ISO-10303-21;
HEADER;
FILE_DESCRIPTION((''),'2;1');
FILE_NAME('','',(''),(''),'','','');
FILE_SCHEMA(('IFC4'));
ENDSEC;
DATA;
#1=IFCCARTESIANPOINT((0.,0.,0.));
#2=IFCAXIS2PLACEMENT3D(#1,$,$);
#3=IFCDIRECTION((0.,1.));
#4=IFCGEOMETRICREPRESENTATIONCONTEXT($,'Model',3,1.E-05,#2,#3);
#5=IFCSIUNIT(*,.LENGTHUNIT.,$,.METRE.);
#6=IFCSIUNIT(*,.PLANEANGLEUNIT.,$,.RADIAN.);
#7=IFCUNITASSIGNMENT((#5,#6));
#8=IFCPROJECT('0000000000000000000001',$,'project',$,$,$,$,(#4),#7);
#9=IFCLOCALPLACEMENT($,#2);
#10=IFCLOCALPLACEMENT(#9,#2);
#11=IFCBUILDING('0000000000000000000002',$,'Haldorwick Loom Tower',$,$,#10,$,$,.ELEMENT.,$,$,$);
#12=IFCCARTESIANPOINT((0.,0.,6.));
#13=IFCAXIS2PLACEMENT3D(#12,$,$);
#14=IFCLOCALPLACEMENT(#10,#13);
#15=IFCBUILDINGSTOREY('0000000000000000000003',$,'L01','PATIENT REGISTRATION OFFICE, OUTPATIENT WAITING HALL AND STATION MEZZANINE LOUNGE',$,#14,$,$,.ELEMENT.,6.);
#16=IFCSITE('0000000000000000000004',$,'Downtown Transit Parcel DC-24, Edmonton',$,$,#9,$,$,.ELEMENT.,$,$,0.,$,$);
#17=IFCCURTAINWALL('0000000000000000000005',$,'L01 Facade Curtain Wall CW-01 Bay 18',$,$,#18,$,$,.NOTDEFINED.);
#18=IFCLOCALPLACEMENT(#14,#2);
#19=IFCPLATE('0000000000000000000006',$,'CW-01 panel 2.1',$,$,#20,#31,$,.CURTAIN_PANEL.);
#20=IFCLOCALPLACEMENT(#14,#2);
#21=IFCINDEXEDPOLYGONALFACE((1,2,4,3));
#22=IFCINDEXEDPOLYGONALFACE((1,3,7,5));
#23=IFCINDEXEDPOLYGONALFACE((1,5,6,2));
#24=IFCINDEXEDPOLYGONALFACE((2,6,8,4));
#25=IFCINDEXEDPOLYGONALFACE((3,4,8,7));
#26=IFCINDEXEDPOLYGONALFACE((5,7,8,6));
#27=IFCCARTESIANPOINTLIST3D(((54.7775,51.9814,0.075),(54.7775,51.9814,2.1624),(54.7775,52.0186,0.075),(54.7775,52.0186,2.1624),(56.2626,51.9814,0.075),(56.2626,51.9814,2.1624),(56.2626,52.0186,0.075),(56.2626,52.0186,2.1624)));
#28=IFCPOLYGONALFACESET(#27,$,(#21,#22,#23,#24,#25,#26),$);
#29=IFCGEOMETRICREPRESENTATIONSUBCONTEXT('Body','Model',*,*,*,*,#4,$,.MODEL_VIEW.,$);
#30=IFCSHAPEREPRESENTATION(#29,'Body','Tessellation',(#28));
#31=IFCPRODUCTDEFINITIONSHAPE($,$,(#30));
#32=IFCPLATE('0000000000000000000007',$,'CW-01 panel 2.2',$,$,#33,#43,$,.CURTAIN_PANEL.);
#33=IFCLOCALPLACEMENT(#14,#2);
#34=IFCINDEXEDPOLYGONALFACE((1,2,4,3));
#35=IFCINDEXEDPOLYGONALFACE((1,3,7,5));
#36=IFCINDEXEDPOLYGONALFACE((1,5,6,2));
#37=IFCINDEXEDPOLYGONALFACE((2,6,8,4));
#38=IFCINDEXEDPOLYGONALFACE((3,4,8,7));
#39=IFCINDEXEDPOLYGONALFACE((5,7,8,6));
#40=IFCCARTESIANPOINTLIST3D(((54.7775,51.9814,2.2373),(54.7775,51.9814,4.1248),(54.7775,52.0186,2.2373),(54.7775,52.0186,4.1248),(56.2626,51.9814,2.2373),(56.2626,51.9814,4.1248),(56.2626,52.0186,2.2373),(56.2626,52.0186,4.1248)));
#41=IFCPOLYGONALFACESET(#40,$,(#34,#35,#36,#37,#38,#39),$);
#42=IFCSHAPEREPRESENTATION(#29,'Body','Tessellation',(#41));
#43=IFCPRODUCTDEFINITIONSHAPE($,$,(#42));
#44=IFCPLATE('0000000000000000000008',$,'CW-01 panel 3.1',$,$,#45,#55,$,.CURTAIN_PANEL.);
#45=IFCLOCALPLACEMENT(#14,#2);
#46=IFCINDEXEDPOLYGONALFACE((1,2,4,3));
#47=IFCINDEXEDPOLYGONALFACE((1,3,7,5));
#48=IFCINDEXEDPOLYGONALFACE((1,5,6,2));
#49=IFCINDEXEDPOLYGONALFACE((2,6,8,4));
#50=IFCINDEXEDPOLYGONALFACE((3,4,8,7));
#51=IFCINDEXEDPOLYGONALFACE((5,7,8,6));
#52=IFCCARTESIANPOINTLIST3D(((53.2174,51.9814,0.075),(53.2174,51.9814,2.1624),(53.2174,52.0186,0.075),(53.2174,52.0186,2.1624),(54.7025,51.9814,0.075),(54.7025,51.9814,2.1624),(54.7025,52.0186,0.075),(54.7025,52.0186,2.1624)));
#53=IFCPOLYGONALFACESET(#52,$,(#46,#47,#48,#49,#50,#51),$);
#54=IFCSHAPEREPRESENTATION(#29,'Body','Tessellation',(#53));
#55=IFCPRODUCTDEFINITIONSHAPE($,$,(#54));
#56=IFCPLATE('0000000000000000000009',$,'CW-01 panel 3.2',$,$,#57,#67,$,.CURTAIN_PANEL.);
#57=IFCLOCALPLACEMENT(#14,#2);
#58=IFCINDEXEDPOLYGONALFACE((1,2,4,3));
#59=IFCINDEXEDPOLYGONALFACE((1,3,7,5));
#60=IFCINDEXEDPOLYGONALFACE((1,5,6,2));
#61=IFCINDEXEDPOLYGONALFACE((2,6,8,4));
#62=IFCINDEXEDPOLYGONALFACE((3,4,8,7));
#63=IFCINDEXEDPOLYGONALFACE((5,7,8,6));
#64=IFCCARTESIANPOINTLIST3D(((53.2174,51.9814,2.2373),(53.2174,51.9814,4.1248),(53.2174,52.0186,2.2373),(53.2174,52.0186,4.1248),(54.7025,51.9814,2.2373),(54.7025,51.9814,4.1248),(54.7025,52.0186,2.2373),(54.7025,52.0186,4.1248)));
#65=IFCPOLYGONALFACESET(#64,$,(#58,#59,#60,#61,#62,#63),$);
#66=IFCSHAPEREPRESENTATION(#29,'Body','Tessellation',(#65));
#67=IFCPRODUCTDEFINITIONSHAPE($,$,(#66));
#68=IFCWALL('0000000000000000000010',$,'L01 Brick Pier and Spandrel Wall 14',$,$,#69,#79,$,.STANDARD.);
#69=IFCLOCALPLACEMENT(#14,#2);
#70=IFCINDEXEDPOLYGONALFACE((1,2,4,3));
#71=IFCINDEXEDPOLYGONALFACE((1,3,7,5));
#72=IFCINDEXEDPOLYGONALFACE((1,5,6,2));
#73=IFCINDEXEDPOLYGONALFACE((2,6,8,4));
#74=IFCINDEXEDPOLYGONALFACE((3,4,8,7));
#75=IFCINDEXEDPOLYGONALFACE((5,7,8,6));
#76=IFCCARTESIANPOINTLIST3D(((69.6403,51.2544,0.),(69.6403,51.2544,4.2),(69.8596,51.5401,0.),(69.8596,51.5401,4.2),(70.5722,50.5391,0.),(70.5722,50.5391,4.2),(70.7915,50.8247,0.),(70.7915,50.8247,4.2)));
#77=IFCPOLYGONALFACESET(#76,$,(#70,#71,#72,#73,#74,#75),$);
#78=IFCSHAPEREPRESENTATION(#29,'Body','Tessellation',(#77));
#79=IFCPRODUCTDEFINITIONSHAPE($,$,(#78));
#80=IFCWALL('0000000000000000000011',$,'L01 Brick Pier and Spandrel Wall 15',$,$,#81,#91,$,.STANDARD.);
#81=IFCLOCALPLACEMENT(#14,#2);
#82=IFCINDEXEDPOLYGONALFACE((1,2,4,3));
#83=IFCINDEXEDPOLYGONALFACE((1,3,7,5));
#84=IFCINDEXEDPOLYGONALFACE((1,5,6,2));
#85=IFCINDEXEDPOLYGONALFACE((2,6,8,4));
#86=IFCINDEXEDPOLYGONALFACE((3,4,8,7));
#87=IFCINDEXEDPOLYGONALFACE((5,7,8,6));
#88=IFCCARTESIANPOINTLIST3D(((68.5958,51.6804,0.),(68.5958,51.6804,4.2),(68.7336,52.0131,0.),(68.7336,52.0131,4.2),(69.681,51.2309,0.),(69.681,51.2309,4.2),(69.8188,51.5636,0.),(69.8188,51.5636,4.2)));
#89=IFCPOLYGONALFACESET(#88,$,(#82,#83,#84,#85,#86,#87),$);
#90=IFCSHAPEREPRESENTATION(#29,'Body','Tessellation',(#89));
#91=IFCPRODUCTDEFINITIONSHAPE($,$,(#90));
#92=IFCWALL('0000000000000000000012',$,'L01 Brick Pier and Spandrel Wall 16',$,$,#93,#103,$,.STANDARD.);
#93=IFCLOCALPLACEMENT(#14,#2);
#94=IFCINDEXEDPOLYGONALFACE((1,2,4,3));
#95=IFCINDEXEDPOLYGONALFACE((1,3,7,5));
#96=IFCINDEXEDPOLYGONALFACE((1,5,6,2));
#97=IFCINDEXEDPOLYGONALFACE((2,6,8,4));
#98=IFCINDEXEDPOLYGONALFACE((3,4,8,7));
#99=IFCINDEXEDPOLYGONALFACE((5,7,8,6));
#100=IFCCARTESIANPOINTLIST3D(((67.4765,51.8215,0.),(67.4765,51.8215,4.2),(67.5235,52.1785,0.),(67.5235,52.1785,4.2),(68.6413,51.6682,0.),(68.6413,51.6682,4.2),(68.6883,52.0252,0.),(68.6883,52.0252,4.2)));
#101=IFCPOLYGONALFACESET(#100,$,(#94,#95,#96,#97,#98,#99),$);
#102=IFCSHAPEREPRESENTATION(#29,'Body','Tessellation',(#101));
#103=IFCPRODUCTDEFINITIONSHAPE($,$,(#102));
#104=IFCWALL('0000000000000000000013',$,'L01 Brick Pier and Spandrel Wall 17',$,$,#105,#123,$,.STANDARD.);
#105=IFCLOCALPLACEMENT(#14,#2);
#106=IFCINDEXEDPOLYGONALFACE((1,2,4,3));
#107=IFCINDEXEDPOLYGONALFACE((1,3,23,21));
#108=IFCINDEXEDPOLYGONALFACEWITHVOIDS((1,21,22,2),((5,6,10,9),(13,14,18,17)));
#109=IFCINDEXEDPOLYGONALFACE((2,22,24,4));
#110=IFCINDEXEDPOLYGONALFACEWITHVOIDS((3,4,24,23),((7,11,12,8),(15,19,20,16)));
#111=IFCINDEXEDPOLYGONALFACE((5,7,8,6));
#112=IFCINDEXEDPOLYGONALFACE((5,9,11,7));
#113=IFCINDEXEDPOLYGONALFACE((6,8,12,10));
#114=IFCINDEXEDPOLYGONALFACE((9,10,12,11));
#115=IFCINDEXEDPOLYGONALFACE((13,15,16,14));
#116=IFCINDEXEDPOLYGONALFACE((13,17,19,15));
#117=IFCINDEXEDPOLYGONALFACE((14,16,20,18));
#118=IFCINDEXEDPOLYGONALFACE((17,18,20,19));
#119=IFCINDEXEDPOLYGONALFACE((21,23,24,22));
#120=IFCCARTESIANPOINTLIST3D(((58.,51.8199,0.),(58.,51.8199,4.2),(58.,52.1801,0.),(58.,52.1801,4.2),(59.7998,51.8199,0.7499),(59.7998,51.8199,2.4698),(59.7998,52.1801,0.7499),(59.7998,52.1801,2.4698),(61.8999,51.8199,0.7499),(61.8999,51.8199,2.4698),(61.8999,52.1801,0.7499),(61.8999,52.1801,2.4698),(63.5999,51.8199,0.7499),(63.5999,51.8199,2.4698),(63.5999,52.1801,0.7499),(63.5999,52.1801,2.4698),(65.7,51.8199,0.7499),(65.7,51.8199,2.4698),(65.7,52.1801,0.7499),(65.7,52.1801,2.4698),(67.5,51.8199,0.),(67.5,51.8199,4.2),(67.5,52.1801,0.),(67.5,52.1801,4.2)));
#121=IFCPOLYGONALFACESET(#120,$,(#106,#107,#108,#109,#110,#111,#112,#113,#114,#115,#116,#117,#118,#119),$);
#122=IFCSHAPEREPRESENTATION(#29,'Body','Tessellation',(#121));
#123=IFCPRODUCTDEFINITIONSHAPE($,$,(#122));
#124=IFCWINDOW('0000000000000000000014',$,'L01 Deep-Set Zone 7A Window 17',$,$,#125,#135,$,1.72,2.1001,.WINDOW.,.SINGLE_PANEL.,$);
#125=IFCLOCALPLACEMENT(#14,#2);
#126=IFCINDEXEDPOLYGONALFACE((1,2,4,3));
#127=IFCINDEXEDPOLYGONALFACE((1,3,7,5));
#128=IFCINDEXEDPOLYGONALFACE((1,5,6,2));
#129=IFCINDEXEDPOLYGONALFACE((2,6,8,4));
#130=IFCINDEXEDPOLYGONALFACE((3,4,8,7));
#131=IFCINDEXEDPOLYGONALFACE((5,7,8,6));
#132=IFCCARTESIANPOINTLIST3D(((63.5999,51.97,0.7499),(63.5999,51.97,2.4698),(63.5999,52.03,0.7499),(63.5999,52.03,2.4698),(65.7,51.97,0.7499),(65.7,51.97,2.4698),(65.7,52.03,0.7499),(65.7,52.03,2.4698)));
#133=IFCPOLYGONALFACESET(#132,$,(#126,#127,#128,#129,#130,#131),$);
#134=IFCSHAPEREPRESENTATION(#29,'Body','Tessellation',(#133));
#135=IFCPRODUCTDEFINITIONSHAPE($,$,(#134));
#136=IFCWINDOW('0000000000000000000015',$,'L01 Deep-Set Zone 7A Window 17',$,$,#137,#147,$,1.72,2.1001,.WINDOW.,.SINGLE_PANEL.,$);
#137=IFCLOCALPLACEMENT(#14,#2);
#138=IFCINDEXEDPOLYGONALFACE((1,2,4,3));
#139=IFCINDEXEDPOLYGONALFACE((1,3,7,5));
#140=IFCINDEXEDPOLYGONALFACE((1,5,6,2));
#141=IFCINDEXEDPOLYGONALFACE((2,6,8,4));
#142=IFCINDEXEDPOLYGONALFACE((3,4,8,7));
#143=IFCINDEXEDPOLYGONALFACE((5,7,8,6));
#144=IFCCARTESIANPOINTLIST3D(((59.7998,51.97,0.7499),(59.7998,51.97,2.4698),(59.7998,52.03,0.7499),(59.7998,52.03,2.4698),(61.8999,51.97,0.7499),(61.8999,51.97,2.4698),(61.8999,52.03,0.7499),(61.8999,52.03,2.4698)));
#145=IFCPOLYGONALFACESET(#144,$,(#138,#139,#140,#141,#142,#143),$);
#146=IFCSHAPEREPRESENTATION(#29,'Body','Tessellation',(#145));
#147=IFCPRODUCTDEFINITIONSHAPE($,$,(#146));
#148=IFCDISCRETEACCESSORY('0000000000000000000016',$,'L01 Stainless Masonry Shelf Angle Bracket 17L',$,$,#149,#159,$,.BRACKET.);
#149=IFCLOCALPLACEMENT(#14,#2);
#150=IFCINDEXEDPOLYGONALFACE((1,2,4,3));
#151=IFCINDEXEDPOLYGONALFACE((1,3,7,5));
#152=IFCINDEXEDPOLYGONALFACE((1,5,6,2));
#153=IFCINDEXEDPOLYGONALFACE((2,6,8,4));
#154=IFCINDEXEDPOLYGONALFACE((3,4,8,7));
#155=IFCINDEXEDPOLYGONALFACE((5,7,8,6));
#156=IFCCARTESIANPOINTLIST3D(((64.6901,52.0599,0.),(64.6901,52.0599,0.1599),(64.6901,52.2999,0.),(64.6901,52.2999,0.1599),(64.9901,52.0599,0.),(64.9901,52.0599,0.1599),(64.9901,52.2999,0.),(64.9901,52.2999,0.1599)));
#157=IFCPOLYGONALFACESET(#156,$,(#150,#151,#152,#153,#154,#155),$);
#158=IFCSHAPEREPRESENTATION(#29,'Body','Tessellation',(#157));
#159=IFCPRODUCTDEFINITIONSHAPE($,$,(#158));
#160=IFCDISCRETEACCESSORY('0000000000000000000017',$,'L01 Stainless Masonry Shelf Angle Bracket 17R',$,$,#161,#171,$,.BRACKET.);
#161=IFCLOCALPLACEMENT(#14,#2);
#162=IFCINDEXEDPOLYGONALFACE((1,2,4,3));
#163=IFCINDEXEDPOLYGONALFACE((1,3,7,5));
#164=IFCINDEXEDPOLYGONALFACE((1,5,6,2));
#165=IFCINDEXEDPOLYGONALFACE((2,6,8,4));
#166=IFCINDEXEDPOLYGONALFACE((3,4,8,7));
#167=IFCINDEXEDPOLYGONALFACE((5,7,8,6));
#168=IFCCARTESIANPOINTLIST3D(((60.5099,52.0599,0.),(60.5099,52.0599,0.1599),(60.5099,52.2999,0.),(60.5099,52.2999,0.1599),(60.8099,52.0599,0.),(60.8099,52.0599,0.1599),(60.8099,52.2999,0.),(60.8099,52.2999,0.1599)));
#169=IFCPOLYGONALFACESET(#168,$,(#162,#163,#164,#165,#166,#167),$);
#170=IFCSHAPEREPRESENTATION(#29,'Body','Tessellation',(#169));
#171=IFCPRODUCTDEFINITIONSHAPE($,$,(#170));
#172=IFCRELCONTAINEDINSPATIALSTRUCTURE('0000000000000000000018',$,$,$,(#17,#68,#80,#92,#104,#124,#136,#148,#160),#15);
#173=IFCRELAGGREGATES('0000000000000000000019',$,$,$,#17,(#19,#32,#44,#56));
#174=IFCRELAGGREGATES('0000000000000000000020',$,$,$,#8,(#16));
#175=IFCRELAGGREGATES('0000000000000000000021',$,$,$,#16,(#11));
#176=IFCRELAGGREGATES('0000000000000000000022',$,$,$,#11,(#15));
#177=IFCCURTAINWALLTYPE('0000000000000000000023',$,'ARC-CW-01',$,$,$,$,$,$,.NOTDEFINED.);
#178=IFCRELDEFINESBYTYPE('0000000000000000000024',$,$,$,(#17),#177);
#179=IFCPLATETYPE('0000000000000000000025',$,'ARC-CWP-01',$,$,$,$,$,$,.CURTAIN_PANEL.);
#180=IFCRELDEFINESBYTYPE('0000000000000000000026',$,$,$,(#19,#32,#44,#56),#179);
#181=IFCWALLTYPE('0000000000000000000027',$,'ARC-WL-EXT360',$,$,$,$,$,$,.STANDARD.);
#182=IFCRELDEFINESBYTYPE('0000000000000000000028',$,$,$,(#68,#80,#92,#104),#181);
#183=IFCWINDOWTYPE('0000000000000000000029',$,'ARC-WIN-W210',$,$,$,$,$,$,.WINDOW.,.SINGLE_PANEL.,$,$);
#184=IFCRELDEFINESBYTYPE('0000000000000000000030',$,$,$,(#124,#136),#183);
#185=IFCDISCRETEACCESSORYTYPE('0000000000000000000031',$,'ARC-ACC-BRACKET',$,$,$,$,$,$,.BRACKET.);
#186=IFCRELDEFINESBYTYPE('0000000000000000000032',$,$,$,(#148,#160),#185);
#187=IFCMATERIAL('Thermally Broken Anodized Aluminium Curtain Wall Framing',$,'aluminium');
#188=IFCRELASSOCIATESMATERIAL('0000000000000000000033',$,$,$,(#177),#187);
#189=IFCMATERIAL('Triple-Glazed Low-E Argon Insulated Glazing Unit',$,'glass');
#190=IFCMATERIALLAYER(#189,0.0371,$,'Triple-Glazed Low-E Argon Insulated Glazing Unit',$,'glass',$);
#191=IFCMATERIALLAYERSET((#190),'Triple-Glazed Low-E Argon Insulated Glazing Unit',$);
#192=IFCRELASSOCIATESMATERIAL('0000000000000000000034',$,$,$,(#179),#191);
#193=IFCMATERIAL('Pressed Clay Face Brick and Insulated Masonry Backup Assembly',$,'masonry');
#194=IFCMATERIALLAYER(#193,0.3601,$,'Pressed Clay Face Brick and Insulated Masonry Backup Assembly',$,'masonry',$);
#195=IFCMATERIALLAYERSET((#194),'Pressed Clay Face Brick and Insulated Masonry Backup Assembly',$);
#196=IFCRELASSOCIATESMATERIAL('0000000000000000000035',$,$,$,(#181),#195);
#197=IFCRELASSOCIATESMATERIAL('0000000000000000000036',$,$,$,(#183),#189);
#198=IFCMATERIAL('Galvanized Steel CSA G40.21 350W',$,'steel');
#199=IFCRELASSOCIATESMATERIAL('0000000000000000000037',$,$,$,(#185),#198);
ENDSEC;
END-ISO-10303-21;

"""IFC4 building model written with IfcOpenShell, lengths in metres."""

from ifc_helpers import new_model, si_unit, direction, frame, frame_2d, origin, origin_2d, place, context, subcontext, project, spatial, rectangle, extrude, material, layer, layer_set, type_object, element, fill, aggregate, save


model = new_model("IFC4")

# Units and contexts
model_context = context("Model", 3, precision=1e-05, world=origin(), true_north=direction((0.0, 1.0)))
body_context = subcontext(model_context, "Body", "Model", "MODEL_VIEW")
ifc_project = project(units=[si_unit("LENGTHUNIT", "METRE"), si_unit("PLANEANGLEUNIT", "RADIAN")], contexts=[model_context])

# Site, building, storey
site_placement = place(None, origin())
site = spatial("IfcSite", under=ifc_project, at=site_placement, Name="Downtown Transit Parcel DC-24, Edmonton", CompositionType="ELEMENT", RefElevation=0.0)
building_placement = place(site_placement, origin())
building = spatial("IfcBuilding", under=site, at=building_placement, Name="Haldorwick Loom Tower", CompositionType="ELEMENT")
storey_placement = place(building_placement, frame((0.0, 0.0, 6.0)))
storey = spatial("IfcBuildingStorey", under=building, at=storey_placement, Name="L01", Description="PATIENT REGISTRATION OFFICE, OUTPATIENT WAITING HALL AND STATION MEZZANINE LOUNGE", CompositionType="ELEMENT", Elevation=6.0)

# Curtain wall, plates
ifc_material_1 = material(Name="Thermally Broken Anodized Aluminium Curtain Wall Framing", Category="aluminium")
curtain_wall_type = type_object("IfcCurtainWallType", Name="ARC-CW-01", PredefinedType="NOTDEFINED", material=ifc_material_1)
curtain_wall_placement = place(storey_placement, origin())
curtain_wall = element("IfcCurtainWall", 1, at=curtain_wall_placement, inside=storey, type_object=curtain_wall_type, Name="L01 Facade Curtain Wall CW-01 Bay 18", PredefinedType="NOTDEFINED")
ifc_material_2 = material(Name="Triple-Glazed Low-E Argon Insulated Glazing Unit", Category="glass")
ifc_layer_1 = layer(ifc_material_2, 0.0371, Name="Triple-Glazed Low-E Argon Insulated Glazing Unit", Category="glass")
ifc_layer_set_1 = layer_set([ifc_layer_1], Name="Triple-Glazed Low-E Argon Insulated Glazing Unit")
plate_type = type_object("IfcPlateType", Name="ARC-CWP-01", PredefinedType="CURTAIN_PANEL", material=ifc_layer_set_1)
plate_1_placement = place(storey_placement, frame((55.52, 52.0, 0.075), z_axis=(0.0, 0.0, 1.0), x_axis=(-1.0, 0.0, 0.0)))
plate_1 = element("IfcPlate", 2, at=plate_1_placement, type_object=plate_type, Name="CW-01 panel 2.1", PredefinedType="CURTAIN_PANEL", context=body_context, shape_type="SweptSolid", body=[
    extrude(rectangle(XDim=1.4851, YDim=0.0371, at=origin_2d()), origin(), (0.0, 0.0, 1.0), 2.0874),
])
plate_2_placement = place(storey_placement, frame((55.52, 52.0, 2.2373), z_axis=(0.0, 0.0, 1.0), x_axis=(-1.0, 0.0, 0.0)))
plate_2 = element("IfcPlate", 3, at=plate_2_placement, type_object=plate_type, Name="CW-01 panel 2.2", PredefinedType="CURTAIN_PANEL", context=body_context, shape_type="SweptSolid", body=[
    extrude(rectangle(XDim=1.4851, YDim=0.0371, at=origin_2d()), origin(), (0.0, 0.0, 1.0), 1.8875),
])
plate_3_placement = place(storey_placement, frame((53.96, 52.0, 0.075), z_axis=(0.0, 0.0, 1.0), x_axis=(-1.0, 0.0, 0.0)))
plate_3 = element("IfcPlate", 4, at=plate_3_placement, type_object=plate_type, Name="CW-01 panel 3.1", PredefinedType="CURTAIN_PANEL", context=body_context, shape_type="SweptSolid", body=[
    extrude(rectangle(XDim=1.4851, YDim=0.0371, at=origin_2d()), origin(), (0.0, 0.0, 1.0), 2.0874),
])
plate_4_placement = place(storey_placement, frame((53.96, 52.0, 2.2373), z_axis=(0.0, 0.0, 1.0), x_axis=(-1.0, 0.0, 0.0)))
plate_4 = element("IfcPlate", 5, at=plate_4_placement, type_object=plate_type, Name="CW-01 panel 3.2", PredefinedType="CURTAIN_PANEL", context=body_context, shape_type="SweptSolid", body=[
    extrude(rectangle(XDim=1.4851, YDim=0.0371, at=origin_2d()), origin(), (0.0, 0.0, 1.0), 1.8875),
])
aggregate(curtain_wall, [plate_1, plate_2, plate_3, plate_4])

# Walls
ifc_material_3 = material(Name="Pressed Clay Face Brick and Insulated Masonry Backup Assembly", Category="masonry")
ifc_layer_2 = layer(ifc_material_3, 0.3601, Name="Pressed Clay Face Brick and Insulated Masonry Backup Assembly", Category="masonry")
ifc_layer_set_2 = layer_set([ifc_layer_2], Name="Pressed Clay Face Brick and Insulated Masonry Backup Assembly")
wall_type = type_object("IfcWallType", Name="ARC-WL-EXT360", PredefinedType="STANDARD", material=ifc_layer_set_2)
wall_1_placement = place(storey_placement, frame((70.6819, 50.6819, 0.0), z_axis=(0.0, 0.0, 1.0), x_axis=(-0.793242, 0.608907, 0.0)))
element("IfcWall", 6, at=wall_1_placement, inside=storey, type_object=wall_type, Name="L01 Brick Pier and Spandrel Wall 14", PredefinedType="STANDARD", context=body_context, shape_type="SweptSolid", body=[
    extrude(rectangle(XDim=1.1748, YDim=0.3601, at=frame_2d((0.5874, 0.0))), origin(), (0.0, 0.0, 1.0), 4.2),
])
wall_2_placement = place(storey_placement, frame((69.75, 51.3972, 0.0), z_axis=(0.0, 0.0, 1.0), x_axis=(-0.923893, 0.382652, 0.0)))
element("IfcWall", 7, at=wall_2_placement, inside=storey, type_object=wall_type, Name="L01 Brick Pier and Spandrel Wall 15", PredefinedType="STANDARD", context=body_context, shape_type="SweptSolid", body=[
    extrude(rectangle(XDim=1.1746, YDim=0.3601, at=frame_2d((0.5874, 0.0))), origin(), (0.0, 0.0, 1.0), 4.2),
])
wall_3_placement = place(storey_placement, frame((68.6648, 51.8467, 0.0), z_axis=(0.0, 0.0, 1.0), x_axis=(-0.991448, 0.130503, 0.0)))
element("IfcWall", 8, at=wall_3_placement, inside=storey, type_object=wall_type, Name="L01 Brick Pier and Spandrel Wall 16", PredefinedType="STANDARD", context=body_context, shape_type="SweptSolid", body=[
    extrude(rectangle(XDim=1.1748, YDim=0.3601, at=frame_2d((0.5874, 0.0))), origin(), (0.0, 0.0, 1.0), 4.2),
])

# Wall, openings, windows
wall_4_placement = place(storey_placement, frame((67.5, 52.0, 0.0), z_axis=(0.0, 0.0, 1.0), x_axis=(-1.0, 0.0, 0.0)))
wall_4 = element("IfcWall", 9, at=wall_4_placement, inside=storey, type_object=wall_type, Name="L01 Brick Pier and Spandrel Wall 17", PredefinedType="STANDARD", context=body_context, shape_type="SweptSolid", body=[
    extrude(rectangle(XDim=9.5, YDim=0.3601, at=frame_2d((4.75, 0.0))), origin(), (0.0, 0.0, 1.0), 4.2),
])
opening_1_placement = place(wall_4_placement, frame((1.8, 0.0, 0.75)))
opening_1 = element("IfcOpeningElement", 10, at=opening_1_placement, cuts=wall_4, PredefinedType="OPENING", context=body_context, shape_type="SweptSolid", body=[
    extrude(rectangle(XDim=2.1001, YDim=1.72, at=frame_2d((1.05, 0.8599))), frame((0.0, 0.1899, 0.0), z_axis=(0.0, -1.0, 0.0), x_axis=(1.0, 0.0, 0.0)), (0.0, 0.0, 1.0), 0.3801),
])
opening_2_placement = place(wall_4_placement, frame((5.6001, 0.0, 0.75)))
opening_2 = element("IfcOpeningElement", 11, at=opening_2_placement, cuts=wall_4, PredefinedType="OPENING", context=body_context, shape_type="SweptSolid", body=[
    extrude(rectangle(XDim=2.1001, YDim=1.72, at=frame_2d((1.05, 0.8599))), frame((0.0, 0.1899, 0.0), z_axis=(0.0, -1.0, 0.0), x_axis=(1.0, 0.0, 0.0)), (0.0, 0.0, 1.0), 0.3801),
])
window_type = type_object("IfcWindowType", Name="ARC-WIN-W210", PartitioningType="SINGLE_PANEL", PredefinedType="WINDOW", material=ifc_material_2)
window_1_placement = place(opening_1_placement, origin())
window_1 = element("IfcWindow", 12, at=window_1_placement, inside=storey, type_object=window_type, Name="L01 Deep-Set Zone 7A Window 17", OverallHeight=1.72, OverallWidth=2.1001, PartitioningType="SINGLE_PANEL", PredefinedType="WINDOW", context=body_context, shape_type="SweptSolid", body=[
    extrude(rectangle(XDim=2.1001, YDim=1.72, at=frame_2d((1.05, 0.8599))), frame((0.0, 0.03, 0.0), z_axis=(0.0, -1.0, 0.0), x_axis=(1.0, 0.0, 0.0)), (0.0, 0.0, 1.0), 0.0601),
])
fill(opening_1, window_1)
window_2_placement = place(opening_2_placement, origin())
window_2 = element("IfcWindow", 13, at=window_2_placement, inside=storey, type_object=window_type, Name="L01 Deep-Set Zone 7A Window 17", OverallHeight=1.72, OverallWidth=2.1001, PartitioningType="SINGLE_PANEL", PredefinedType="WINDOW", context=body_context, shape_type="SweptSolid", body=[
    extrude(rectangle(XDim=2.1001, YDim=1.72, at=frame_2d((1.05, 0.8599))), frame((0.0, 0.03, 0.0), z_axis=(0.0, -1.0, 0.0), x_axis=(1.0, 0.0, 0.0)), (0.0, 0.0, 1.0), 0.0601),
])
fill(opening_2, window_2)

# Discrete accessories
ifc_material_4 = material(Name="Galvanized Steel CSA G40.21 350W", Category="steel")
discrete_accessory_type = type_object("IfcDiscreteAccessoryType", Name="ARC-ACC-BRACKET", PredefinedType="BRACKET", material=ifc_material_4)
for number, where, z_axis, x_axis, name in (
    (14, (64.8401, 52.1799, 0.0), (0.0, 0.0, 1.0), (-1.0, 0.0, 0.0), "L01 Stainless Masonry Shelf Angle Bracket 17L"),
    (15, (60.6599, 52.1799, 0.0), (0.0, 0.0, 1.0), (-1.0, 0.0, 0.0), "L01 Stainless Masonry Shelf Angle Bracket 17R"),
):
    element("IfcDiscreteAccessory", number, at=place(storey_placement, frame(where, z_axis=z_axis, x_axis=x_axis)), inside=storey, type_object=discrete_accessory_type, Name=name, PredefinedType="BRACKET", context=body_context, shape_type="SweptSolid", body=[
        extrude(rectangle(XDim=0.3, YDim=0.24, at=origin_2d()), origin(), (0.0, 0.0, 1.0), 0.1599),
    ])

save(model, "model.ifc")
